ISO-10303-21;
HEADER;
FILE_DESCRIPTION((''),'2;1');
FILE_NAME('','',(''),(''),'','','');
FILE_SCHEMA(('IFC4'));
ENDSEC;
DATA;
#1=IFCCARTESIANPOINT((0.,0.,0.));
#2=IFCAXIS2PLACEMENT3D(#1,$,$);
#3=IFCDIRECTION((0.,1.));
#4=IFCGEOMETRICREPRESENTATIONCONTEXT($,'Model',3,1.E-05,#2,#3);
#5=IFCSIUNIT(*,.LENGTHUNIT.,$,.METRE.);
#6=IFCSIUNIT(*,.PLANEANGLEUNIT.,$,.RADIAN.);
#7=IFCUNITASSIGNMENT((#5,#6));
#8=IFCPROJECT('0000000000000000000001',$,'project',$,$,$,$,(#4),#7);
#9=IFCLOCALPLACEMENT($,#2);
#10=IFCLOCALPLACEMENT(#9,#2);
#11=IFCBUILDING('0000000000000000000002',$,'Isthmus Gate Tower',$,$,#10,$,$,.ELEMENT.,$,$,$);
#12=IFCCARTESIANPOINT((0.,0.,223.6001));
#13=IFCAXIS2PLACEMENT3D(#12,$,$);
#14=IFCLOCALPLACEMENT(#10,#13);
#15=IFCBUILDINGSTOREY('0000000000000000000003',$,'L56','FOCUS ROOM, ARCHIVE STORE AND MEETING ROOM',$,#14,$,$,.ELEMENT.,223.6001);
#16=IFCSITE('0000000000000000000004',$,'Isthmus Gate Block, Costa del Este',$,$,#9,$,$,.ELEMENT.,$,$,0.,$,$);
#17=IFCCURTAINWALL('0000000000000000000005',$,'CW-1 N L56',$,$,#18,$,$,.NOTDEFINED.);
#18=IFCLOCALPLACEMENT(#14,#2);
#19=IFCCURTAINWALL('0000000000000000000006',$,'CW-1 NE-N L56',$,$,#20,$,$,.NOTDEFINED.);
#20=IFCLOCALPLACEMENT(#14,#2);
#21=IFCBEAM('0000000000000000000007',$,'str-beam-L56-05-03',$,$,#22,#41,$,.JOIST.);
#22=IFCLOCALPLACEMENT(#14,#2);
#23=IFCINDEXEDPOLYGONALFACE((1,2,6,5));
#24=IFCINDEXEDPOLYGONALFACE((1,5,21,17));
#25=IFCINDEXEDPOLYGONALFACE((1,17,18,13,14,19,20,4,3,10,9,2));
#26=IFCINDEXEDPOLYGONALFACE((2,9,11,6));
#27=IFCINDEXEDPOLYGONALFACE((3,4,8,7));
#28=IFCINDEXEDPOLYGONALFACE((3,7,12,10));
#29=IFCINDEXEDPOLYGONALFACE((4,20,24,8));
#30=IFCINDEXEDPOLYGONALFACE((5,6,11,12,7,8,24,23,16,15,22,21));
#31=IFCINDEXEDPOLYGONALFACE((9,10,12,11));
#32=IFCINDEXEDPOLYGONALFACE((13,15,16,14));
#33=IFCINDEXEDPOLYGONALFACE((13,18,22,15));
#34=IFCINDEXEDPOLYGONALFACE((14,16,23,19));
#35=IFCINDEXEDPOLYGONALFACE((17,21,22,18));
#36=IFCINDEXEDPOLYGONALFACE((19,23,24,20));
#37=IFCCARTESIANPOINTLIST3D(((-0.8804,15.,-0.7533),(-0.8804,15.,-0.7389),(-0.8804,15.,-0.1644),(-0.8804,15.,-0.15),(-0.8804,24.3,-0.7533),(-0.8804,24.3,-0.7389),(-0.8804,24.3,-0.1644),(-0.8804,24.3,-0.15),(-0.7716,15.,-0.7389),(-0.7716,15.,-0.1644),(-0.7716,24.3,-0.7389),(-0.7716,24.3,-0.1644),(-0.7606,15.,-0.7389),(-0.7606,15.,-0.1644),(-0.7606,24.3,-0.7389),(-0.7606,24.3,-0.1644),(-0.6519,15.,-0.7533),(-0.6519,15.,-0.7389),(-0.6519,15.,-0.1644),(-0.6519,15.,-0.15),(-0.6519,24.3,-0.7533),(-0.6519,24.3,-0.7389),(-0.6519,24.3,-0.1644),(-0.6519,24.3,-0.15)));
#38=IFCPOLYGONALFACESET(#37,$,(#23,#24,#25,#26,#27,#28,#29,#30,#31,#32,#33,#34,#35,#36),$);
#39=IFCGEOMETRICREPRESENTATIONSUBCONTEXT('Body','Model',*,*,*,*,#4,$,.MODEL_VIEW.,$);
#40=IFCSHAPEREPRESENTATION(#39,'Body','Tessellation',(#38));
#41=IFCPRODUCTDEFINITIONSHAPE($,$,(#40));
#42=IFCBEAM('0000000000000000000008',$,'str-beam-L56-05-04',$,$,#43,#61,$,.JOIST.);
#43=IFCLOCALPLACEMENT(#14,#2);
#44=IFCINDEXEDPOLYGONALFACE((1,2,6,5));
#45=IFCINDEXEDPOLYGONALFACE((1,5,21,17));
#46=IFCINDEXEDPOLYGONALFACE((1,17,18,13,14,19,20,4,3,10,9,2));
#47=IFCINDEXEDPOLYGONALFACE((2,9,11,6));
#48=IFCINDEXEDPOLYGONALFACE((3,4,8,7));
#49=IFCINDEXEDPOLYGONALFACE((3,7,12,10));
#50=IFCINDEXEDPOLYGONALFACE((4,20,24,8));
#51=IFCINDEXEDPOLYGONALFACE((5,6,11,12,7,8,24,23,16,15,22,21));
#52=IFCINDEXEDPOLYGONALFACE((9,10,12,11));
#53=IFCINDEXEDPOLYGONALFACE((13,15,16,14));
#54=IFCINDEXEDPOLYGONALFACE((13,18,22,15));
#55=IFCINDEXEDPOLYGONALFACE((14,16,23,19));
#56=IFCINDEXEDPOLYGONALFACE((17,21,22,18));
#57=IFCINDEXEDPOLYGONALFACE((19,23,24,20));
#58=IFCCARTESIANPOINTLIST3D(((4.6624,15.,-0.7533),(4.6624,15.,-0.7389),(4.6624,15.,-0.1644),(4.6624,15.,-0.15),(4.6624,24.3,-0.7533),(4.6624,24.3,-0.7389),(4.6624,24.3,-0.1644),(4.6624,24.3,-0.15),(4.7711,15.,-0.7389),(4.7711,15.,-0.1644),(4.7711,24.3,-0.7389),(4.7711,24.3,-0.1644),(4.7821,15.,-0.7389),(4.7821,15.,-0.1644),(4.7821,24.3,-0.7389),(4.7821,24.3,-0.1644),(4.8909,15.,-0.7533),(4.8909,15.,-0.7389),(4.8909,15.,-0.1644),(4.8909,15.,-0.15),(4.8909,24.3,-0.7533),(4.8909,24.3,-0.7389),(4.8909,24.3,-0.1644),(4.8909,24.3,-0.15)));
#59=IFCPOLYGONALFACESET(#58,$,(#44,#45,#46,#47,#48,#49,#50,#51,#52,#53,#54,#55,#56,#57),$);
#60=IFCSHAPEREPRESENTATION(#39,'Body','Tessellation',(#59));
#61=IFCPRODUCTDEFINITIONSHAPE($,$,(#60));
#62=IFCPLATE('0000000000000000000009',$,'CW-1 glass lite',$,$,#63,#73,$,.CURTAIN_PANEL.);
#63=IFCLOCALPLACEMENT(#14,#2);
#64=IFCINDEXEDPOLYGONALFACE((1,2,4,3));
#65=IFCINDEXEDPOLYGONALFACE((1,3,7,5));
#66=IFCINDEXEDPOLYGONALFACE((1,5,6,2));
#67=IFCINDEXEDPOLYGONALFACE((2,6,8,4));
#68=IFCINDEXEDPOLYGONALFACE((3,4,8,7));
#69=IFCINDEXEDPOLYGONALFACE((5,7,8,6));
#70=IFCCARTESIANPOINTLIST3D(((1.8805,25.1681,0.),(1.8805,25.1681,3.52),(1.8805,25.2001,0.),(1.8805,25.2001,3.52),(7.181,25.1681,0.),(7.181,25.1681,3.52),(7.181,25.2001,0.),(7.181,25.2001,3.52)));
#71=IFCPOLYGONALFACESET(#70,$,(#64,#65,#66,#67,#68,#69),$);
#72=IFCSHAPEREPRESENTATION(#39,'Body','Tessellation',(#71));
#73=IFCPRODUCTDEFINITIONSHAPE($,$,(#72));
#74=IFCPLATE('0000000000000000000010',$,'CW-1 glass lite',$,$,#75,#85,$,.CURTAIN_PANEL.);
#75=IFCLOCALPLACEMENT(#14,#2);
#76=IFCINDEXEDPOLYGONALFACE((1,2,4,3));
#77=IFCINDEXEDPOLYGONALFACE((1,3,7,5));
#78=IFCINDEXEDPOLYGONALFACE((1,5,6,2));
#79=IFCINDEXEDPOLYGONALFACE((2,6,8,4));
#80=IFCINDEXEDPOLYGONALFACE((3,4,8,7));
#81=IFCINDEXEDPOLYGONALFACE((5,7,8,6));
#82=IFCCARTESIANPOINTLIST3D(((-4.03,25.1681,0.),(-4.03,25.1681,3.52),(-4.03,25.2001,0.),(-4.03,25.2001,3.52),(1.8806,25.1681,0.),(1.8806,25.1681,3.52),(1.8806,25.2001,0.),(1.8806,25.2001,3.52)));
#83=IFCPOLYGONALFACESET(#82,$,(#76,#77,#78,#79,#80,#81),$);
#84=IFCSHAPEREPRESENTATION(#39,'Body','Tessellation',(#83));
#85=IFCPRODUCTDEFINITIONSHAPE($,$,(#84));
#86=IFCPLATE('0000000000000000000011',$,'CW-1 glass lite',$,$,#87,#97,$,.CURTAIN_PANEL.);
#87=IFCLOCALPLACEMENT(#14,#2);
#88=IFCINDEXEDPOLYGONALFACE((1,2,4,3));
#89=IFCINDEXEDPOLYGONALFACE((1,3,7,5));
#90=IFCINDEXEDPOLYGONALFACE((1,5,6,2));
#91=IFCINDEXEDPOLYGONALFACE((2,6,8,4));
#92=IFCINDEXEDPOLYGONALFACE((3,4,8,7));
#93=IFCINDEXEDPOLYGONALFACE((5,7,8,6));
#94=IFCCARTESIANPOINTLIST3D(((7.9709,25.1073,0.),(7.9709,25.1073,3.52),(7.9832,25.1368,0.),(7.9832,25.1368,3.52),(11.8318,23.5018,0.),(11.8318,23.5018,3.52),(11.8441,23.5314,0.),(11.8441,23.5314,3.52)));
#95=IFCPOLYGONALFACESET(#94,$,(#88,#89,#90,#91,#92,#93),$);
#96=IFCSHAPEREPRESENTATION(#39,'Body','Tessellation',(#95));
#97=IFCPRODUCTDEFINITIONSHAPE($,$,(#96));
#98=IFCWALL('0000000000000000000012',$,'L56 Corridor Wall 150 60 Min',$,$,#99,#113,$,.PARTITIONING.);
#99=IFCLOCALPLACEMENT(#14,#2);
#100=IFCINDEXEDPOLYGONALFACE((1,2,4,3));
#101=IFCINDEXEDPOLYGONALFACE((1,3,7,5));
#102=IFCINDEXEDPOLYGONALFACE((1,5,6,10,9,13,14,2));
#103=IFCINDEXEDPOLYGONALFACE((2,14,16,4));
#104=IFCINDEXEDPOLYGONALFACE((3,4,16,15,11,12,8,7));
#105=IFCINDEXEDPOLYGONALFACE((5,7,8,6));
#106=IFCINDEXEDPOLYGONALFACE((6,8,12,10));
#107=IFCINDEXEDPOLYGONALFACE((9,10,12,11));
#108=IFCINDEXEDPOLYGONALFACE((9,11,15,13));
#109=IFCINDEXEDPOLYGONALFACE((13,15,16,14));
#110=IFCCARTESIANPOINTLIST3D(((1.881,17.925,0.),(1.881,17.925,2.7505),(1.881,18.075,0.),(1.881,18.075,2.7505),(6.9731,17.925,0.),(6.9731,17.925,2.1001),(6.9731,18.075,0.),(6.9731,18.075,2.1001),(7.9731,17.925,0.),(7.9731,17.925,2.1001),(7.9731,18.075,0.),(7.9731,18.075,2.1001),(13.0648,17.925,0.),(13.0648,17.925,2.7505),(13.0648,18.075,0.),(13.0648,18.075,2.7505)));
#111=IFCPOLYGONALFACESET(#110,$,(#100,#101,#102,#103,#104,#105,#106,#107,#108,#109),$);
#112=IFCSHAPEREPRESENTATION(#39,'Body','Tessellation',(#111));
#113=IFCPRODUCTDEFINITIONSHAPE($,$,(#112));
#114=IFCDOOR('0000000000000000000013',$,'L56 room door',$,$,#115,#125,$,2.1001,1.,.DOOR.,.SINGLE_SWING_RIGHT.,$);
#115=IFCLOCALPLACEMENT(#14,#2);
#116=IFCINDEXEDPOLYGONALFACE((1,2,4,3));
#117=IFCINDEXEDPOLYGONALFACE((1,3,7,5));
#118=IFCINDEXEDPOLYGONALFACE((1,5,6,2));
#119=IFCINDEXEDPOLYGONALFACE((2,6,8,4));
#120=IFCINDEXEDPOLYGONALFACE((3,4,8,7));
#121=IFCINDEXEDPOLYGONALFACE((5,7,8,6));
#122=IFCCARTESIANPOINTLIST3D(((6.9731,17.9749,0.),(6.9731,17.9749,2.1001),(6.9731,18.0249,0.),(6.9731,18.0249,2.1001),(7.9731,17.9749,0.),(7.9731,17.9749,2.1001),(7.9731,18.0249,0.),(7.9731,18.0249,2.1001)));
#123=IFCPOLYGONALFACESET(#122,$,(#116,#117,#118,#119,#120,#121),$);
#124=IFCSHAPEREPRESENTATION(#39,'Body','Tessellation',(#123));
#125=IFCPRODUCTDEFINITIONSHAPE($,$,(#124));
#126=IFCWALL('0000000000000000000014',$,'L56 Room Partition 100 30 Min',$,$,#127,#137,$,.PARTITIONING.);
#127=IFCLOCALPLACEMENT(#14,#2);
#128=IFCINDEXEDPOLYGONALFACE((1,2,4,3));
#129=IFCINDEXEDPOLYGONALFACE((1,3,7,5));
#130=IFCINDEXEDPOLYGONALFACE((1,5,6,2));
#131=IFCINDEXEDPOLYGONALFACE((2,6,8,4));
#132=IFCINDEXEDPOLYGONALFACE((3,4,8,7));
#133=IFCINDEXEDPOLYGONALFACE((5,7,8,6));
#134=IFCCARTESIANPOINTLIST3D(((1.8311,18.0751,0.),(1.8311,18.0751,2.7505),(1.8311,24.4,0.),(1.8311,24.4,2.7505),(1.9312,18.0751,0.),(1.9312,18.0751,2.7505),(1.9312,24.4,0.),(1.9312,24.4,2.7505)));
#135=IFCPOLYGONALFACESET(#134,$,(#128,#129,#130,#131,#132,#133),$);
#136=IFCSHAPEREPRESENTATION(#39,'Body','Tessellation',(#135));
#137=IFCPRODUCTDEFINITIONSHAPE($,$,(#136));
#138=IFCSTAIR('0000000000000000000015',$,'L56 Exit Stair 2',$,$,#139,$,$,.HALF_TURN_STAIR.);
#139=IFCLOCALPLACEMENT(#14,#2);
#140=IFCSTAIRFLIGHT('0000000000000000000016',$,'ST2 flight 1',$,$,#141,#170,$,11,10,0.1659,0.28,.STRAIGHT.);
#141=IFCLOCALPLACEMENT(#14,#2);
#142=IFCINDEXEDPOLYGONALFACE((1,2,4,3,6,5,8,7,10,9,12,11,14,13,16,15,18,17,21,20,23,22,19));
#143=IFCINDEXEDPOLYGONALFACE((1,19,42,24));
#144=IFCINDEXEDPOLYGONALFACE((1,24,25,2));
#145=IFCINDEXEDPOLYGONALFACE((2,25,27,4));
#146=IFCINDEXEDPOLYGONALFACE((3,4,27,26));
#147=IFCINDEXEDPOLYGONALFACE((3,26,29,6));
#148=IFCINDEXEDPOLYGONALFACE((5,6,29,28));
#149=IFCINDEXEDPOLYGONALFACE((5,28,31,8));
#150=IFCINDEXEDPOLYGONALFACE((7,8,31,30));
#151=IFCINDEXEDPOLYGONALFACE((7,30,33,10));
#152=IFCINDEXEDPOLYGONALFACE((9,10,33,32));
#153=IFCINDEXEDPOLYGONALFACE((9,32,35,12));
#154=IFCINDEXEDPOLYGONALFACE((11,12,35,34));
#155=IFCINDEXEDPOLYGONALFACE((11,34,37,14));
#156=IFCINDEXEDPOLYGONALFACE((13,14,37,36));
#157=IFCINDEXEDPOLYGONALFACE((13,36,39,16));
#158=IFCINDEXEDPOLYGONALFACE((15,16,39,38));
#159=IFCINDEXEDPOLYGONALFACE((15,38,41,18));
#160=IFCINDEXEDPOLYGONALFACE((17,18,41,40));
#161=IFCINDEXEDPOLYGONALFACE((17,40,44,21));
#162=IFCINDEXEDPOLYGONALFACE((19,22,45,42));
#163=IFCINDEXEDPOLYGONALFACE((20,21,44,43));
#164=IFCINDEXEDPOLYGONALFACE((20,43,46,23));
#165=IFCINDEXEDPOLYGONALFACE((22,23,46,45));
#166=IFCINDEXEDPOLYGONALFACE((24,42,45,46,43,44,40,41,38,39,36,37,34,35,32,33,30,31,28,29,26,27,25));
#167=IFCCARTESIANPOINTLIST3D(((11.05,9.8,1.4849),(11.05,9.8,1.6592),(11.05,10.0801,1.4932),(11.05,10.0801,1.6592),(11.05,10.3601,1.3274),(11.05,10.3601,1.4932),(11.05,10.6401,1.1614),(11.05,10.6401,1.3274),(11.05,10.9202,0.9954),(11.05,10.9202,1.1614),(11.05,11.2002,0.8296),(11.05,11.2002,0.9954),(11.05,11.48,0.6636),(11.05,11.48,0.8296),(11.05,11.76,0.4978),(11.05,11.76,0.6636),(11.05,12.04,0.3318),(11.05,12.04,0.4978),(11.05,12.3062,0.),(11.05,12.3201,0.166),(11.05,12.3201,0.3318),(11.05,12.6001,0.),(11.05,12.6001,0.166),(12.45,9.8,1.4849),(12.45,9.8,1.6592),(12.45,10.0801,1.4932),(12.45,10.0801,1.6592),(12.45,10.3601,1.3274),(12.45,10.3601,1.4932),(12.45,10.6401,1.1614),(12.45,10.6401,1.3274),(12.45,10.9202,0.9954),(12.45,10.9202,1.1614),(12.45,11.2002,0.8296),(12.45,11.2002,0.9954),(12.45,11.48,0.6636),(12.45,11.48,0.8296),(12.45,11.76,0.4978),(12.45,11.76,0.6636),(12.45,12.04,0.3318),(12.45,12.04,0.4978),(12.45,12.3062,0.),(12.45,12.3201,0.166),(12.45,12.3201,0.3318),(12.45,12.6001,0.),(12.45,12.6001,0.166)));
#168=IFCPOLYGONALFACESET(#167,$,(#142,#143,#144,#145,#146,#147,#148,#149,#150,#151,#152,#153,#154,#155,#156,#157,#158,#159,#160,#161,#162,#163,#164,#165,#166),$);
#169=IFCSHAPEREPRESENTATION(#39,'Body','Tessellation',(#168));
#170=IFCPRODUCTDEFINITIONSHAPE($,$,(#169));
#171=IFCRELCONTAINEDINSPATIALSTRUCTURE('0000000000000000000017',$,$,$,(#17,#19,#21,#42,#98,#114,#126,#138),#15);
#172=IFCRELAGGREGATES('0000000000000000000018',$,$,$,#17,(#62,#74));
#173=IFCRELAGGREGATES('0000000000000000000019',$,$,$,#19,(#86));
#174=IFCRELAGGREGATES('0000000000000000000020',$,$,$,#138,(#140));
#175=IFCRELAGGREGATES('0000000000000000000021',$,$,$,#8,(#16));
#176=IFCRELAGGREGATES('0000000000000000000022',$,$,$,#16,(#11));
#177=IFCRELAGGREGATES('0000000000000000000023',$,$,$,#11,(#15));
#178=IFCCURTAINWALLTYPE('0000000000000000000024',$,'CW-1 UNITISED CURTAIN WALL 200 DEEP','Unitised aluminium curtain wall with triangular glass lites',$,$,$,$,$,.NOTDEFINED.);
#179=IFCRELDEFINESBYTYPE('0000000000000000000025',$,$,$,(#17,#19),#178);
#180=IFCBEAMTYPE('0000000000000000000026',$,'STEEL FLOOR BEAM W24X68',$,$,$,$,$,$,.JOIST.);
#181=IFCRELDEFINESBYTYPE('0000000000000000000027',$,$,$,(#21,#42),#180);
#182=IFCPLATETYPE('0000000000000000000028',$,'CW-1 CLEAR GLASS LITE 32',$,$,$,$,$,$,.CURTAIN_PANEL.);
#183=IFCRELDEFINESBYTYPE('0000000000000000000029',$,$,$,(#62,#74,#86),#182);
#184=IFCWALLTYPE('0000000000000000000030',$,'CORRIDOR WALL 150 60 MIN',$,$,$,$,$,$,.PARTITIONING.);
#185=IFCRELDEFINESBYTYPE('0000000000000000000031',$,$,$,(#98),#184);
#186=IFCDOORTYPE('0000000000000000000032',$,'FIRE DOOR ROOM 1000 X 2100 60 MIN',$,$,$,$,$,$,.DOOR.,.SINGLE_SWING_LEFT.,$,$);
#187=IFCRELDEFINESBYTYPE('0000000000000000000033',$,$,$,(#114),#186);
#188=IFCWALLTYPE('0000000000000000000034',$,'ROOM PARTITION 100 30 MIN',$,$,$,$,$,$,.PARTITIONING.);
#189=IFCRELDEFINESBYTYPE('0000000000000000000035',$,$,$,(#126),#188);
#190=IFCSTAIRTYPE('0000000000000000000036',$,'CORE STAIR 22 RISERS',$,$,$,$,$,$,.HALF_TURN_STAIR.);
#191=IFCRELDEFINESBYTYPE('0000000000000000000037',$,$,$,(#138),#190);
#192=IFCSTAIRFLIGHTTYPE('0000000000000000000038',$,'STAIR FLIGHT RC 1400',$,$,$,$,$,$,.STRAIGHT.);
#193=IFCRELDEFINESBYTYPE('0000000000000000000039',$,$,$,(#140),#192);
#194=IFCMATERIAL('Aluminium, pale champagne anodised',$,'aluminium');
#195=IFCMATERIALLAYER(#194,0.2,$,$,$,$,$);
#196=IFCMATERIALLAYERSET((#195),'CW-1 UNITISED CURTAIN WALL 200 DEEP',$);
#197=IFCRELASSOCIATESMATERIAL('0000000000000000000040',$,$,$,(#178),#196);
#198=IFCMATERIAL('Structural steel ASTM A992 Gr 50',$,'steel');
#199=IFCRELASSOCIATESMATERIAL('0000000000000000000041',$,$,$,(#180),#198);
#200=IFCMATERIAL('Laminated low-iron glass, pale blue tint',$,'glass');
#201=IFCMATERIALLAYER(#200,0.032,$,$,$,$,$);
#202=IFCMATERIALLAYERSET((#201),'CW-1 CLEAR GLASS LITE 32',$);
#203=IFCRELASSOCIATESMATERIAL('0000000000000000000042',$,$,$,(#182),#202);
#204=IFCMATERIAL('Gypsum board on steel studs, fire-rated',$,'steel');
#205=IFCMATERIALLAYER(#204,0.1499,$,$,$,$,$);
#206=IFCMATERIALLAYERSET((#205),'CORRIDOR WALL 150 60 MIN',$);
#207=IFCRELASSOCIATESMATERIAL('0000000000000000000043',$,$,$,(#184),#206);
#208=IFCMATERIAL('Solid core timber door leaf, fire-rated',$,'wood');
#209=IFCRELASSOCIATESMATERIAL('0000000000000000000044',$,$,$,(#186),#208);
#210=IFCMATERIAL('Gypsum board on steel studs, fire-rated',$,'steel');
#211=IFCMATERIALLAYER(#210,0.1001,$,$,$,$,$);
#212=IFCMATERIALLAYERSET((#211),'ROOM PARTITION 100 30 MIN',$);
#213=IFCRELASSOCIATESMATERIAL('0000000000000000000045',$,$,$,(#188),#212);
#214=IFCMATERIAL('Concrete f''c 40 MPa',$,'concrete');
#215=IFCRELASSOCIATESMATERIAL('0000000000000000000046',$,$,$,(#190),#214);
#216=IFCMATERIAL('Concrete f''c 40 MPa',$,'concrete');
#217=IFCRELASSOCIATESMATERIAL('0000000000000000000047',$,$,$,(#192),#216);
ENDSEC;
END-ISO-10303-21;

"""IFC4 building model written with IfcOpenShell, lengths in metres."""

from ifc_helpers import new_model, si_unit, direction, frame, frame_2d, origin, origin_2d, place, context, subcontext, project, spatial, polyline, rectangle, i_section, outline, extrude, material, layer, layer_set, material_profile, profile_set, type_object, element, fill, aggregate, save


model = new_model("IFC4")

# Units and contexts
model_context = context("Model", 3, precision=1e-05, world=origin(), true_north=direction((0.0, 1.0)))
body_context = subcontext(model_context, "Body", "Model", "MODEL_VIEW")
ifc_project = project(units=[si_unit("LENGTHUNIT", "METRE"), si_unit("PLANEANGLEUNIT", "RADIAN")], contexts=[model_context])

# Site, building, storey
site_placement = place(None, origin())
site = spatial("IfcSite", under=ifc_project, at=site_placement, Name="Isthmus Gate Block, Costa del Este", CompositionType="ELEMENT", RefElevation=0.0)
building_placement = place(site_placement, origin())
building = spatial("IfcBuilding", under=site, at=building_placement, Name="Isthmus Gate Tower", CompositionType="ELEMENT")
storey_placement = place(building_placement, frame((0.0, 0.0, 223.6001)))
storey = spatial("IfcBuildingStorey", under=building, at=storey_placement, Name="L56", Description="FOCUS ROOM, ARCHIVE STORE AND MEETING ROOM", CompositionType="ELEMENT", Elevation=223.6001)

# Curtain walls
ifc_material_1 = material(Name="Aluminium, pale champagne anodised", Category="aluminium")
ifc_layer_1 = layer(ifc_material_1, 0.2)
ifc_layer_set_1 = layer_set([ifc_layer_1], Name="CW-1 UNITISED CURTAIN WALL 200 DEEP")
curtain_wall_type = type_object("IfcCurtainWallType", Name="CW-1 UNITISED CURTAIN WALL 200 DEEP", Description="Unitised aluminium curtain wall with triangular glass lites", PredefinedType="NOTDEFINED", material=ifc_layer_set_1)
curtain_wall_1_placement = place(storey_placement, origin())
curtain_wall_1 = element("IfcCurtainWall", 1, at=curtain_wall_1_placement, inside=storey, type_object=curtain_wall_type, Name="CW-1 N L56", PredefinedType="NOTDEFINED")
curtain_wall_2_placement = place(storey_placement, origin())
curtain_wall_2 = element("IfcCurtainWall", 2, at=curtain_wall_2_placement, inside=storey, type_object=curtain_wall_type, Name="CW-1 NE-N L56", PredefinedType="NOTDEFINED")

# Beams
ifc_material_2 = material(Name="Structural steel ASTM A992 Gr 50", Category="steel")
ifc_material_profile_1 = material_profile(ifc_material_2, i_section(OverallWidth=0.2285, OverallDepth=0.6033, WebThickness=0.011, FlangeThickness=0.0144, at=origin_2d()), Name="W24X68")
ifc_profile_set_1 = profile_set([ifc_material_profile_1], Name="Structural steel ASTM A992 Gr 50")
beam_type_1 = type_object("IfcBeamType", Name="STEEL FLOOR BEAM W24X68", PredefinedType="JOIST", material=ifc_profile_set_1)
for number, where, z_axis, x_axis, name in (
    (3, (-0.7661, 15.0, -0.4517), (0.0, 1.0, 0.0), (-1.0, 0.0, 0.0), "str-beam-L56-05-03"),
    (4, (4.7766, 15.0, -0.4517), (0.0, 1.0, 0.0), (-1.0, 0.0, 0.0), "str-beam-L56-05-04"),
):
    element("IfcBeam", number, at=place(storey_placement, frame(where, z_axis=z_axis, x_axis=x_axis)), inside=storey, type_object=beam_type_1, Name=name, PredefinedType="JOIST", context=body_context, shape_type="SweptSolid", body=[
        extrude(i_section(OverallWidth=0.2285, OverallDepth=0.6033, WebThickness=0.011, FlangeThickness=0.0144, at=origin_2d()), origin(), (0.0, 0.0, 1.0), 9.3),
    ])

# Plates
ifc_material_3 = material(Name="Laminated low-iron glass, pale blue tint", Category="glass")
ifc_layer_2 = layer(ifc_material_3, 0.032)
ifc_layer_set_2 = layer_set([ifc_layer_2], Name="CW-1 CLEAR GLASS LITE 32")
plate_type = type_object("IfcPlateType", Name="CW-1 CLEAR GLASS LITE 32", PredefinedType="CURTAIN_PANEL", material=ifc_layer_set_2)
plate_1_placement = place(storey_placement, frame((4.5308, 25.1841, 0.0), z_axis=(0.0, 0.0, 1.0), x_axis=(-1.0, 0.0, 0.0)))
plate_1 = element("IfcPlate", 5, at=plate_1_placement, type_object=plate_type, Name="CW-1 glass lite", PredefinedType="CURTAIN_PANEL", context=body_context, shape_type="SweptSolid", body=[
    extrude(rectangle(XDim=5.3005, YDim=0.032, at=origin_2d()), origin(), (0.0, 0.0, 1.0), 3.52),
])
plate_2_placement = place(storey_placement, frame((-1.0747, 25.1841, 0.0), z_axis=(0.0, 0.0, 1.0), x_axis=(-1.0, 0.0, 0.0)))
plate_2 = element("IfcPlate", 6, at=plate_2_placement, type_object=plate_type, Name="CW-1 glass lite", PredefinedType="CURTAIN_PANEL", context=body_context, shape_type="SweptSolid", body=[
    extrude(rectangle(XDim=5.9106, YDim=0.032, at=origin_2d()), origin(), (0.0, 0.0, 1.0), 3.52),
])
aggregate(curtain_wall_1, [plate_1, plate_2])
plate_3_placement = place(storey_placement, frame((9.9075, 24.3193, 0.0), z_axis=(0.0, 0.0, 1.0), x_axis=(-0.923353, 0.383952, 0.0)))
plate_3 = element("IfcPlate", 7, at=plate_3_placement, type_object=plate_type, Name="CW-1 glass lite", PredefinedType="CURTAIN_PANEL", context=body_context, shape_type="SweptSolid", body=[
    extrude(rectangle(XDim=4.1814, YDim=0.032, at=origin_2d()), origin(), (0.0, 0.0, 1.0), 3.52),
])
aggregate(curtain_wall_2, [plate_3])

# Wall, opening, door
ifc_material_4 = material(Name="Gypsum board on steel studs, fire-rated", Category="steel")
ifc_layer_3 = layer(ifc_material_4, 0.1499)
ifc_layer_set_3 = layer_set([ifc_layer_3], Name="CORRIDOR WALL 150 60 MIN")
wall_type_1 = type_object("IfcWallType", Name="CORRIDOR WALL 150 60 MIN", PredefinedType="PARTITIONING", material=ifc_layer_set_3)
wall_1_placement = place(storey_placement, frame((1.8811, 18.0, 0.0), z_axis=(0.0, 0.0, 1.0), x_axis=(1.0, 0.0, 0.0)))
wall_1 = element("IfcWall", 8, at=wall_1_placement, inside=storey, type_object=wall_type_1, Name="L56 Corridor Wall 150 60 Min", PredefinedType="PARTITIONING", context=body_context, shape_type="SweptSolid", body=[
    extrude(rectangle(XDim=11.1838, YDim=0.1499, at=frame_2d((5.5918, 0.0))), origin(), (0.0, 0.0, 1.0), 2.7505),
])
opening_placement = place(wall_1_placement, frame((5.092, 0.0, 0.0)))
opening = element("IfcOpeningElement", 9, at=opening_placement, cuts=wall_1, PredefinedType="OPENING", context=body_context, shape_type="SweptSolid", body=[
    extrude(rectangle(XDim=1.0, YDim=2.1001, at=frame_2d((0.5, 1.05))), frame((0.0, 0.085, 0.0), z_axis=(0.0, -1.0, 0.0), x_axis=(1.0, 0.0, 0.0)), (0.0, 0.0, 1.0), 0.1699),
])
ifc_material_5 = material(Name="Solid core timber door leaf, fire-rated", Category="wood")
door_type = type_object("IfcDoorType", Name="FIRE DOOR ROOM 1000 X 2100 60 MIN", OperationType="SINGLE_SWING_LEFT", PredefinedType="DOOR", material=ifc_material_5)
door_placement = place(opening_placement, origin())
door = element("IfcDoor", 10, at=door_placement, inside=storey, type_object=door_type, Name="L56 room door", OperationType="SINGLE_SWING_RIGHT", OverallHeight=2.1001, OverallWidth=1.0, PredefinedType="DOOR", context=body_context, shape_type="SweptSolid", body=[
    extrude(rectangle(XDim=1.0, YDim=2.1001, at=frame_2d((0.5, 1.05))), frame((0.0, 0.0249, 0.0), z_axis=(0.0, -1.0, 0.0), x_axis=(1.0, 0.0, 0.0)), (0.0, 0.0, 1.0), 0.05),
])
fill(opening, door)

# Wall
ifc_material_6 = material(Name="Gypsum board on steel studs, fire-rated", Category="steel")
ifc_layer_4 = layer(ifc_material_6, 0.1001)
ifc_layer_set_4 = layer_set([ifc_layer_4], Name="ROOM PARTITION 100 30 MIN")
wall_type_2 = type_object("IfcWallType", Name="ROOM PARTITION 100 30 MIN", PredefinedType="PARTITIONING", material=ifc_layer_set_4)
wall_2_placement = place(storey_placement, frame((1.8811, 18.075, 0.0), z_axis=(0.0, 0.0, 1.0), x_axis=(0.0, 1.0, 0.0)))
element("IfcWall", 11, at=wall_2_placement, inside=storey, type_object=wall_type_2, Name="L56 Room Partition 100 30 Min", PredefinedType="PARTITIONING", context=body_context, shape_type="SweptSolid", body=[
    extrude(rectangle(XDim=6.325, YDim=0.1001, at=frame_2d((3.1626, 0.0))), origin(), (0.0, 0.0, 1.0), 2.7505),
])

# Stair, stair flight
ifc_material_7 = material(Name="Concrete f'c 40 MPa", Category="concrete")
stair_type = type_object("IfcStairType", Name="CORE STAIR 22 RISERS", PredefinedType="HALF_TURN_STAIR", material=ifc_material_7)
stair_placement = place(storey_placement, origin())
stair = element("IfcStair", 12, at=stair_placement, inside=storey, type_object=stair_type, Name="L56 Exit Stair 2", PredefinedType="HALF_TURN_STAIR")
ifc_material_8 = material(Name="Concrete f'c 40 MPa", Category="concrete")
stair_flight_type = type_object("IfcStairFlightType", Name="STAIR FLIGHT RC 1400", PredefinedType="STRAIGHT", material=ifc_material_8)
stair_flight_placement = place(storey_placement, frame((11.75, 12.6001, 0.0), z_axis=(0.0, 0.0, 1.0), x_axis=(0.0, -1.0, 0.0)))
stair_flight = element("IfcStairFlight", 13, at=stair_flight_placement, type_object=stair_flight_type, Name="ST2 flight 1", NumberOfRisers=11, NumberOfTreads=10, PredefinedType="STRAIGHT", RiserHeight=0.1659, TreadLength=0.28, context=body_context, shape_type="SweptSolid", body=[
    extrude(outline(polyline([(0.0, 0.0), (0.0, 0.166), (0.28, 0.166), (0.28, 0.3318), (0.5601, 0.3318), (0.5601, 0.4978), (0.8401, 0.4978), (0.8401, 0.6636), (1.1201, 0.6636), (1.1201, 0.8296), (1.3999, 0.8296), (1.3999, 0.9954), (1.6799, 0.9954), (1.6799, 1.1614), (1.96, 1.1614), (1.96, 1.3274), (2.24, 1.3274), (2.24, 1.4932), (2.52, 1.4932), (2.52, 1.6592), (2.8, 1.6592), (2.8, 1.825), (2.8, 1.4849), (0.2939, 0.0), (0.0, 0.0)])), frame((0.0, 0.7, 0.0), z_axis=(0.0, -1.0, 0.0), x_axis=(1.0, 0.0, 0.0)), (0.0, 0.0, 1.0), 1.3999),
])
aggregate(stair, [stair_flight])

save(model, "model.ifc")
